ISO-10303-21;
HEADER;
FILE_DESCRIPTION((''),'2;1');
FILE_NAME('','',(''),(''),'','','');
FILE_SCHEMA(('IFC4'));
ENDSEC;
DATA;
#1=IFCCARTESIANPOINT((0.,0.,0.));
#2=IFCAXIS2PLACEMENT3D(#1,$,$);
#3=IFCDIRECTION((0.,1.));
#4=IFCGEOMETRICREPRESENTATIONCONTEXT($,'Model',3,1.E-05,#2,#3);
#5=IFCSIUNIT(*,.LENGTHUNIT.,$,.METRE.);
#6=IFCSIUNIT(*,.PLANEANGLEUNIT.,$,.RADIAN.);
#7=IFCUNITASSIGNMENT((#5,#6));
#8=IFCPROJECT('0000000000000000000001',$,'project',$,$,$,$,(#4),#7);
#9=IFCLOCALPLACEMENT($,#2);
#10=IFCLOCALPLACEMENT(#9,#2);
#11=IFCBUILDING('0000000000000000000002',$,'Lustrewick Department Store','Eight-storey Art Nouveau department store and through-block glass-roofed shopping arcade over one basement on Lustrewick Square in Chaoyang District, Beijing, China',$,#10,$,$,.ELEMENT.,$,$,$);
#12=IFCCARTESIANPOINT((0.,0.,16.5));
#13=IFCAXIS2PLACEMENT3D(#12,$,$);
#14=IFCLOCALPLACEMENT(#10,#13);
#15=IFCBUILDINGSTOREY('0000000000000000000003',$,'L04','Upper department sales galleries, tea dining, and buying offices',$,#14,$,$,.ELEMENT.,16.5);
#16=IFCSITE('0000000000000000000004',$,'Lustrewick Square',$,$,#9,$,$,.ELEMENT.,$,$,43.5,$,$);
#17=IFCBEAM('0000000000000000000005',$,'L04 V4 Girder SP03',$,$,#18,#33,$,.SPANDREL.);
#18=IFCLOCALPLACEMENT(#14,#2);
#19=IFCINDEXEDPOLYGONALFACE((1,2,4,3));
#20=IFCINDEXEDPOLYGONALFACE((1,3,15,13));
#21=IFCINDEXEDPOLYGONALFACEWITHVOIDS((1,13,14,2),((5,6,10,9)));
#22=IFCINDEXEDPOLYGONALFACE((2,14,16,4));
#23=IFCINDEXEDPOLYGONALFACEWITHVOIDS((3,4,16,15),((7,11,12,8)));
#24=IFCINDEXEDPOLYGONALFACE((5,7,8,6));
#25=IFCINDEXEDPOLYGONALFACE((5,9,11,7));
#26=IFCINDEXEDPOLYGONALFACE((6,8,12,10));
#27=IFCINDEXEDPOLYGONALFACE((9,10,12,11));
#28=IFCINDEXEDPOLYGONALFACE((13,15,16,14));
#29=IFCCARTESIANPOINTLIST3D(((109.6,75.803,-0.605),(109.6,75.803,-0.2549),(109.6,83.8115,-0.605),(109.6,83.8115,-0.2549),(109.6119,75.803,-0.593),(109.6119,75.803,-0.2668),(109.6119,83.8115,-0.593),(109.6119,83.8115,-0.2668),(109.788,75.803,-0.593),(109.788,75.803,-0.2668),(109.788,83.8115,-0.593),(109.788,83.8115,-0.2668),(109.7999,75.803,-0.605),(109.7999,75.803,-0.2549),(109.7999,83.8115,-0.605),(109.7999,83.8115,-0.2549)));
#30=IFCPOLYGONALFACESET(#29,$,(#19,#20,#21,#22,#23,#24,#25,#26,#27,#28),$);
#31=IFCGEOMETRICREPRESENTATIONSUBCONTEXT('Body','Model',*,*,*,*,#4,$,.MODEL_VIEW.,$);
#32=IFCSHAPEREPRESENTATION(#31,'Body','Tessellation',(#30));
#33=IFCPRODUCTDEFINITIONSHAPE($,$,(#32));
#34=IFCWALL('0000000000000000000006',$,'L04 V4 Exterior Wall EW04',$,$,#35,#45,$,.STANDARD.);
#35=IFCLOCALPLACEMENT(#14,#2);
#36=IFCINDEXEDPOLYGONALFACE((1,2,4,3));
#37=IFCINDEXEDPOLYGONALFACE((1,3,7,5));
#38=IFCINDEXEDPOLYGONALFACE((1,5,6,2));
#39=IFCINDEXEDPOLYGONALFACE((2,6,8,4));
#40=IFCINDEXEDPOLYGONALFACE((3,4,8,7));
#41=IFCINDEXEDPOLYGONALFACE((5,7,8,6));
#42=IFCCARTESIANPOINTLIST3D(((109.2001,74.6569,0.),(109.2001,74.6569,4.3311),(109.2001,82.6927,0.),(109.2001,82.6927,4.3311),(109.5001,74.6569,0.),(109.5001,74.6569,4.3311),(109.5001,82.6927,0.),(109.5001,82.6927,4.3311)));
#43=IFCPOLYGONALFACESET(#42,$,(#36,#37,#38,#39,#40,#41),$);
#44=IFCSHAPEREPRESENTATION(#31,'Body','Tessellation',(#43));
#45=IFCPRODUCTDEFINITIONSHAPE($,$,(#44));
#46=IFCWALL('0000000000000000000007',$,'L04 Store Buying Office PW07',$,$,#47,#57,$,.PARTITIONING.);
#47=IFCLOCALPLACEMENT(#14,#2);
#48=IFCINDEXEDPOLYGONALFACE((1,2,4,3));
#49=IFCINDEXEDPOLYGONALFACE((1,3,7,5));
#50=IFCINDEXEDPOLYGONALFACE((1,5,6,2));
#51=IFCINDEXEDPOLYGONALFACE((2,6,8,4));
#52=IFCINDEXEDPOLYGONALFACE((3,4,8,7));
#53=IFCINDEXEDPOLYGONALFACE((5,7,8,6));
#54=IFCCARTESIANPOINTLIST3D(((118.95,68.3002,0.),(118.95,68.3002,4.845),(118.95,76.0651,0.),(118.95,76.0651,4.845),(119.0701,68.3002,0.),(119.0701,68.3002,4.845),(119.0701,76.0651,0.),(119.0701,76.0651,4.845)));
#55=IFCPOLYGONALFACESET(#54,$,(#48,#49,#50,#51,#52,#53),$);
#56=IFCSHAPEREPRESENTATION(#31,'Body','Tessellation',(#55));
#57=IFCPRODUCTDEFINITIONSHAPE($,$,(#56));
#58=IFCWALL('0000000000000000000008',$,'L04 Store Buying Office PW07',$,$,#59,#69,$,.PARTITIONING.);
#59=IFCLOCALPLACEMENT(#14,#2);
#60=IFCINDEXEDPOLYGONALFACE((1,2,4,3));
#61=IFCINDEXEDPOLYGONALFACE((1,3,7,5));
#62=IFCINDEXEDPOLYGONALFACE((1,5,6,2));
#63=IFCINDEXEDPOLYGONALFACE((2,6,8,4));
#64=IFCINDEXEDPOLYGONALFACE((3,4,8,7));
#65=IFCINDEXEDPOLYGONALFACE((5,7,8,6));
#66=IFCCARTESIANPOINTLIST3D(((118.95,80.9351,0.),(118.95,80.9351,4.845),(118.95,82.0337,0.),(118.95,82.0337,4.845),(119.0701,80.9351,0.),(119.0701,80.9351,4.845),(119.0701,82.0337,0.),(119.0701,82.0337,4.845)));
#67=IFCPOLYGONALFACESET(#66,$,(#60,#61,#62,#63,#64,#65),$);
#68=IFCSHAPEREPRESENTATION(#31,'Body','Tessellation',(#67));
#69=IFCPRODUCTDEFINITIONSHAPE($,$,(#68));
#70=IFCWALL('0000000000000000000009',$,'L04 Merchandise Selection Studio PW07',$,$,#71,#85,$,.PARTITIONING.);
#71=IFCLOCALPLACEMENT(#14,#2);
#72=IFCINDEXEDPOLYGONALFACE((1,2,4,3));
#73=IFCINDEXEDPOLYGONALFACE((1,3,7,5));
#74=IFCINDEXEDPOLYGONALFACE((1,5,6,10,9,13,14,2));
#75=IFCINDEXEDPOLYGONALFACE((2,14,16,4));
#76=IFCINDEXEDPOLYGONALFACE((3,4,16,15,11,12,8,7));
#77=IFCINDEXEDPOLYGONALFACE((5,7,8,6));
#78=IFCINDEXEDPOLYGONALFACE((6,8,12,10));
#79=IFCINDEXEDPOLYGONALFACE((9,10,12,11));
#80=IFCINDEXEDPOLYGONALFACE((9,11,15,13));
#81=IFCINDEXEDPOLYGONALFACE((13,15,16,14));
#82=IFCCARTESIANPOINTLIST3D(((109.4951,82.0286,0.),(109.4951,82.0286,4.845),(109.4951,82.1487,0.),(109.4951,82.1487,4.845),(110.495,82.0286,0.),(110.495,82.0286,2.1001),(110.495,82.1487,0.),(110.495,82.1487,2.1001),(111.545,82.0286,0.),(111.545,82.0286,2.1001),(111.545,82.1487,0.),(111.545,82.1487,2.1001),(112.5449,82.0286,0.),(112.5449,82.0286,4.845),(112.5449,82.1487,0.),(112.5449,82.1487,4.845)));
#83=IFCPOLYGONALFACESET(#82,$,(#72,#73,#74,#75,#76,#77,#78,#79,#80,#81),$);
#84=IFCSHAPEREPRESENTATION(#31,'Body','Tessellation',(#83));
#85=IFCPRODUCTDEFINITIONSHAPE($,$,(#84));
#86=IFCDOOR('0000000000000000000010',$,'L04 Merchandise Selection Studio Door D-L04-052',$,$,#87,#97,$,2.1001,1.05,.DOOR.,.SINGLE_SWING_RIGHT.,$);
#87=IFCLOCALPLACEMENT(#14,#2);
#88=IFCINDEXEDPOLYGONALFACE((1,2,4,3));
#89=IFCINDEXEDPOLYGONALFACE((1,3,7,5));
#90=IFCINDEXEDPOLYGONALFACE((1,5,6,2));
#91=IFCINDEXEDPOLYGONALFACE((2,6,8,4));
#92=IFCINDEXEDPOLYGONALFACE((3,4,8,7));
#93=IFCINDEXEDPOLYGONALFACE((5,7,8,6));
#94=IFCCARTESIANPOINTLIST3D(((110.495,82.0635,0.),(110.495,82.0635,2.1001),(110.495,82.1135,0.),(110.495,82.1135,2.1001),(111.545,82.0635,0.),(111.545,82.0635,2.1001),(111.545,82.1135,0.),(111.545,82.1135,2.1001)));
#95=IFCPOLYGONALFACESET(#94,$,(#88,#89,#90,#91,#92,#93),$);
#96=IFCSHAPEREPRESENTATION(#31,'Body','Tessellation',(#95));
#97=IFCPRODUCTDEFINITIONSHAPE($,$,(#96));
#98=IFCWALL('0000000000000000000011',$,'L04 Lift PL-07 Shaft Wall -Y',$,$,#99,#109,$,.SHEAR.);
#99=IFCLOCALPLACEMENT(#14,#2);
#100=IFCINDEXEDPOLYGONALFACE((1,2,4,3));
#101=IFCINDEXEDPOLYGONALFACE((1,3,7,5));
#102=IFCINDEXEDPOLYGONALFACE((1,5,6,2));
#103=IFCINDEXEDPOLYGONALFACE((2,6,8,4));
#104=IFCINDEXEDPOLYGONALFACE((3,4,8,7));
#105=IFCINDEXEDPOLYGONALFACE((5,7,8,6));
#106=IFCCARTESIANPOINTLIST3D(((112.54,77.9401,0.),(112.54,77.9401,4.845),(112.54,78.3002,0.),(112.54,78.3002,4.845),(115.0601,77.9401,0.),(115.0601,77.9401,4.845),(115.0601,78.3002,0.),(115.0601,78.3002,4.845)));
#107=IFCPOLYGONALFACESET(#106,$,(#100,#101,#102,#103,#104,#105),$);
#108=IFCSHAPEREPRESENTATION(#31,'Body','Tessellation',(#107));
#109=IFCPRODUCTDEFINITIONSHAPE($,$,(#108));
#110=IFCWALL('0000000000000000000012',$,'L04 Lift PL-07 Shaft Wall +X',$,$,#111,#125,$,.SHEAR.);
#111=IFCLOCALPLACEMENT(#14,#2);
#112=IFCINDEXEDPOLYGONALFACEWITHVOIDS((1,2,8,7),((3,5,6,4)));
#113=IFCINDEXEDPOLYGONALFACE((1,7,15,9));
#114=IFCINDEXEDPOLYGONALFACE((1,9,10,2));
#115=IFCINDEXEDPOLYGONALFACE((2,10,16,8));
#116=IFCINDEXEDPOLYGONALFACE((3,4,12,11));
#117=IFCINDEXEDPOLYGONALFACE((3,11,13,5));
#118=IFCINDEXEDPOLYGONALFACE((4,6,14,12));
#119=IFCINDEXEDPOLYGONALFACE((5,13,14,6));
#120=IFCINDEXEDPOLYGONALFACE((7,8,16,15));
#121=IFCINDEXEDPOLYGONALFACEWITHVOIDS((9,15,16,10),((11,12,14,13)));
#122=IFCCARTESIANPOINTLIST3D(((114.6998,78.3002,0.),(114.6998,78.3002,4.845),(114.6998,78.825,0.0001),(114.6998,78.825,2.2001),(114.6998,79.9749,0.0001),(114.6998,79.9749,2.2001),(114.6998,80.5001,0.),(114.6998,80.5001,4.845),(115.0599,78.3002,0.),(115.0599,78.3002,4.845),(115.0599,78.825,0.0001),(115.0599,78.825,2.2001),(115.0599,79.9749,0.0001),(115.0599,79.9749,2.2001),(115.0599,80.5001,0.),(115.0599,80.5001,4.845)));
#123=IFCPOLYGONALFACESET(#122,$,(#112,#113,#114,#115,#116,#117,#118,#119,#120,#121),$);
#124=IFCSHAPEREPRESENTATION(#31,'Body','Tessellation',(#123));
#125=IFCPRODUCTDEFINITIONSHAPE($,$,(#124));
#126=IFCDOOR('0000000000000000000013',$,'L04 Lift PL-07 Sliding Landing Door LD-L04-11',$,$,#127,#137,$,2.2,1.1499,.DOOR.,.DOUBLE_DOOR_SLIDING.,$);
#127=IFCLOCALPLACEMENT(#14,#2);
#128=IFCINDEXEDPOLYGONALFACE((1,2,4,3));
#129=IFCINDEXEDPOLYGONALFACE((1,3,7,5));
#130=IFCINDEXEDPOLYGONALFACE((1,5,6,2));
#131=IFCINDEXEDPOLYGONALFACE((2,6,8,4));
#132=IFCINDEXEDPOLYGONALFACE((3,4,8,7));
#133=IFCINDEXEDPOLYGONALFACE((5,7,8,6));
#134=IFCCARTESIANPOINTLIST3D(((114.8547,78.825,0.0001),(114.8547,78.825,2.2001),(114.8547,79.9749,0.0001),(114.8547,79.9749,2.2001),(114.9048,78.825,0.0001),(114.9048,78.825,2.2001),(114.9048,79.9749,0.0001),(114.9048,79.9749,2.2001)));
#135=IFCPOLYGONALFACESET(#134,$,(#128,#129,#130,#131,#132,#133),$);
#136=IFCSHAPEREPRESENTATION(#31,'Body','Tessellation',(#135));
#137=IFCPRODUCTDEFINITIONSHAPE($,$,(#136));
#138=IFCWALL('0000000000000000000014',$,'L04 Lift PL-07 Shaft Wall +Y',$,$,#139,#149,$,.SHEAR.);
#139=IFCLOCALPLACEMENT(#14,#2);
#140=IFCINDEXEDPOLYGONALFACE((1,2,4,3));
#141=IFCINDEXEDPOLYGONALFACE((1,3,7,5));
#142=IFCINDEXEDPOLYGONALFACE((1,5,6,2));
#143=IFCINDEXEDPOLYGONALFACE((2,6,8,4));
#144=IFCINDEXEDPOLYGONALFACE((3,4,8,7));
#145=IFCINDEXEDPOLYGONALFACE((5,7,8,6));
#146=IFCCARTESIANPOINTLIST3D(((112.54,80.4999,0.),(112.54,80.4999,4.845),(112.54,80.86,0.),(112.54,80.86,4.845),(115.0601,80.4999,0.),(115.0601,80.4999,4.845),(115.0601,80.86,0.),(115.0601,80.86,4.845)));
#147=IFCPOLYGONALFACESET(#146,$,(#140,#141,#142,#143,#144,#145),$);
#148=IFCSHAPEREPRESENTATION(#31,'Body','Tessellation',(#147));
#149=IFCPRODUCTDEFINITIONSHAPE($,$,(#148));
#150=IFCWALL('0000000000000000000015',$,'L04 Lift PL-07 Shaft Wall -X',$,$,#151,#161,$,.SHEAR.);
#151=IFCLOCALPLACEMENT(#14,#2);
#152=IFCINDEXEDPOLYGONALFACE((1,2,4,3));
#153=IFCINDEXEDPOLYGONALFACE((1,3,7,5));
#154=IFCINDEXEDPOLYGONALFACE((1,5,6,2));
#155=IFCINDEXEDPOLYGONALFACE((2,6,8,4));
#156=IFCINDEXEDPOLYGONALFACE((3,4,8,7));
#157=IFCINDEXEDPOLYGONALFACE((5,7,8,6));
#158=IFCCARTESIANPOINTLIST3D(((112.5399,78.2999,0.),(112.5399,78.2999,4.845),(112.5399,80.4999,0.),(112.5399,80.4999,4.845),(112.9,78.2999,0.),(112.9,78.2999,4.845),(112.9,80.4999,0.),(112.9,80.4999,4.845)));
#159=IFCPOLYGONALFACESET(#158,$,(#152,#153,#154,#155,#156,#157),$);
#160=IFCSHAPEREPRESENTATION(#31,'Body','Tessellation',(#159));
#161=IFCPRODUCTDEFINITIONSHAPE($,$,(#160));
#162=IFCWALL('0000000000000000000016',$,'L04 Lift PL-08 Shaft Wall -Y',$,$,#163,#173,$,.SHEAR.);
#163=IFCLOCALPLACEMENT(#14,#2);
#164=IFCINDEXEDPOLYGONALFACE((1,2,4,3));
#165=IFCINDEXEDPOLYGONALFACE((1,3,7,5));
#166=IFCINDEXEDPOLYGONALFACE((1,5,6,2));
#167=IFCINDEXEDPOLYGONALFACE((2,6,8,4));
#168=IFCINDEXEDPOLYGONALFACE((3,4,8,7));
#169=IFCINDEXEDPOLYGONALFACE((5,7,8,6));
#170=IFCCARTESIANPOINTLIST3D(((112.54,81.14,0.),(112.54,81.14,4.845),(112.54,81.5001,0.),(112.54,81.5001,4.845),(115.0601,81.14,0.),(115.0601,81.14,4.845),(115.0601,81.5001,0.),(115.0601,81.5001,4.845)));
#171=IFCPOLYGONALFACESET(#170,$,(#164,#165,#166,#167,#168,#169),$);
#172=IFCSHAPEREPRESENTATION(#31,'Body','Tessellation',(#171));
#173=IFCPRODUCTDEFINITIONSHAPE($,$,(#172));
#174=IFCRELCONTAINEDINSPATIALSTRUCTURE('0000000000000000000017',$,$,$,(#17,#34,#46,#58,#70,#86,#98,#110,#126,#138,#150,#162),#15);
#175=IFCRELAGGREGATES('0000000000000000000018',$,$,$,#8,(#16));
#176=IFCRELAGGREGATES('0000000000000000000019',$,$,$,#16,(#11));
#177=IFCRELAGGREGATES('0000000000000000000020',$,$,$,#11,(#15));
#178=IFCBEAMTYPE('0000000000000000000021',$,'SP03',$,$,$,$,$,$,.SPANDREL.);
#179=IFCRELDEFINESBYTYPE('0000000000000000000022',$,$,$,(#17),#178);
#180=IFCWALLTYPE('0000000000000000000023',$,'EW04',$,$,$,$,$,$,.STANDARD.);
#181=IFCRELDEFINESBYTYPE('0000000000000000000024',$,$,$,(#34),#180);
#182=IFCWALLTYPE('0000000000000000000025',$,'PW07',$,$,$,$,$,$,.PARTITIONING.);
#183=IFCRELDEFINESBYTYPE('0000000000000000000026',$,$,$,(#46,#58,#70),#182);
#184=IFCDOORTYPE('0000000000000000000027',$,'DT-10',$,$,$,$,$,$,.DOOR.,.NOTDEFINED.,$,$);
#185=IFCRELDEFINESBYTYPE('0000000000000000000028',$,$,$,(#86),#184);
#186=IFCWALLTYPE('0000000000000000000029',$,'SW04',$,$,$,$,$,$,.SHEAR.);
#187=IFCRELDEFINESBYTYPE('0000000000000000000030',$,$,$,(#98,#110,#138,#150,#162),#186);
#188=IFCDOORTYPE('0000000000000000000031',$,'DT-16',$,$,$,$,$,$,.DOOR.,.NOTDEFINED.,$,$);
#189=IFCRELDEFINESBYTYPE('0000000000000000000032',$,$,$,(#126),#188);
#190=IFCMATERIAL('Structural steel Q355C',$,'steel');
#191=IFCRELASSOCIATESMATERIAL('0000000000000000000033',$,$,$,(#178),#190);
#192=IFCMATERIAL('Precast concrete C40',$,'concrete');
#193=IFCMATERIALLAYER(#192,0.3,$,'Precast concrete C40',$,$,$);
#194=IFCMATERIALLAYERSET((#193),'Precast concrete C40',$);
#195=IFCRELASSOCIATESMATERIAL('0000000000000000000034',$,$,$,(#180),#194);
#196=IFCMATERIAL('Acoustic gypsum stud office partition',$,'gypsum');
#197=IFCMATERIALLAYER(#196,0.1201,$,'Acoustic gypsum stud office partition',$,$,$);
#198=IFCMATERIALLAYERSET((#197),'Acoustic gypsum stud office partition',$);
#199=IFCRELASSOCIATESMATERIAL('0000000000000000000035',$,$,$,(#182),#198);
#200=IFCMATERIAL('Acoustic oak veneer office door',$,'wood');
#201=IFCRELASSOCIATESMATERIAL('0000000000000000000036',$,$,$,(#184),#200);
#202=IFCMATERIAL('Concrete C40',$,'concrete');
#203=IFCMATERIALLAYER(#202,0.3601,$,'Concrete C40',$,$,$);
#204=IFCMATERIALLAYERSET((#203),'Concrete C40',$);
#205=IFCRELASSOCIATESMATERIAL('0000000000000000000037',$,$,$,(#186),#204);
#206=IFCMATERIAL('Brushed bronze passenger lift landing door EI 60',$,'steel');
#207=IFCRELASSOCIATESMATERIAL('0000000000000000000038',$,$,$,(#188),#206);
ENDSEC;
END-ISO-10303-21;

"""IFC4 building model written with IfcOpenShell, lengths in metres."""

from ifc_helpers import new_model, si_unit, direction, frame, frame_2d, origin, origin_2d, place, context, subcontext, project, spatial, rectangle, hollow_rectangle, extrude, material, layer, layer_set, material_profile, profile_set, type_object, element, fill, save


model = new_model("IFC4")

# Units and contexts
model_context = context("Model", 3, precision=1e-05, world=origin(), true_north=direction((0.0, 1.0)))
body_context = subcontext(model_context, "Body", "Model", "MODEL_VIEW")
ifc_project = project(units=[si_unit("LENGTHUNIT", "METRE"), si_unit("PLANEANGLEUNIT", "RADIAN")], contexts=[model_context])

# Site, building, storey
site_placement = place(None, origin())
site = spatial("IfcSite", under=ifc_project, at=site_placement, Name="Lustrewick Square", CompositionType="ELEMENT", RefElevation=43.5)
building_placement = place(site_placement, origin())
building = spatial("IfcBuilding", under=site, at=building_placement, Name="Lustrewick Department Store", Description="Eight-storey Art Nouveau department store and through-block glass-roofed shopping arcade over one basement on Lustrewick Square in Chaoyang District, Beijing, China", CompositionType="ELEMENT")
storey_placement = place(building_placement, frame((0.0, 0.0, 16.5)))
storey = spatial("IfcBuildingStorey", under=building, at=storey_placement, Name="L04", Description="Upper department sales galleries, tea dining, and buying offices", CompositionType="ELEMENT", Elevation=16.5)

# Beam
ifc_material_1 = material(Name="Structural steel Q355C", Category="steel")
ifc_material_profile = material_profile(ifc_material_1, hollow_rectangle(XDim=0.2, YDim=0.3501, WallThickness=0.012, at=origin_2d()), Name="RHS 350x200x12")
ifc_profile_set = profile_set([ifc_material_profile], Name="Structural steel Q355C")
beam_type = type_object("IfcBeamType", Name="SP03", PredefinedType="SPANDREL", material=ifc_profile_set)
beam_placement = place(storey_placement, frame((109.7, 75.803, -0.4299), z_axis=(0.0, 1.0, 0.0), x_axis=(-1.0, 0.0, 0.0)))
element("IfcBeam", 1, at=beam_placement, inside=storey, type_object=beam_type, Name="L04 V4 Girder SP03", PredefinedType="SPANDREL", context=body_context, shape_type="SweptSolid", body=[
    extrude(hollow_rectangle(XDim=0.2, YDim=0.3501, WallThickness=0.012, at=origin_2d()), origin(), (0.0, 0.0, 1.0), 8.0085),
])

# Walls
ifc_material_2 = material(Name="Precast concrete C40", Category="concrete")
ifc_layer_1 = layer(ifc_material_2, 0.3, Name="Precast concrete C40")
ifc_layer_set_1 = layer_set([ifc_layer_1], Name="Precast concrete C40")
wall_type_1 = type_object("IfcWallType", Name="EW04", PredefinedType="STANDARD", material=ifc_layer_set_1)
wall_1_placement = place(storey_placement, frame((109.3501, 82.6929, 0.0), z_axis=(0.0, 0.0, 1.0), x_axis=(0.0, -1.0, 0.0)))
element("IfcWall", 2, at=wall_1_placement, inside=storey, type_object=wall_type_1, Name="L04 V4 Exterior Wall EW04", PredefinedType="STANDARD", context=body_context, shape_type="SweptSolid", body=[
    extrude(rectangle(XDim=8.0359, YDim=0.3, at=frame_2d((4.0181, 0.0))), origin(), (0.0, 0.0, 1.0), 4.3311),
])
ifc_material_3 = material(Name="Acoustic gypsum stud office partition", Category="gypsum")
ifc_layer_2 = layer(ifc_material_3, 0.1201, Name="Acoustic gypsum stud office partition")
ifc_layer_set_2 = layer_set([ifc_layer_2], Name="Acoustic gypsum stud office partition")
wall_type_2 = type_object("IfcWallType", Name="PW07", PredefinedType="PARTITIONING", material=ifc_layer_set_2)
wall_2_placement = place(storey_placement, frame((119.01, 76.0649, 0.0), z_axis=(0.0, 0.0, 1.0), x_axis=(0.0, -1.0, 0.0)))
element("IfcWall", 3, at=wall_2_placement, inside=storey, type_object=wall_type_2, Name="L04 Store Buying Office PW07", PredefinedType="PARTITIONING", context=body_context, shape_type="SweptSolid", body=[
    extrude(rectangle(XDim=7.7649, YDim=0.1201, at=frame_2d((3.8823, 0.0))), origin(), (0.0, 0.0, 1.0), 4.845),
])
wall_3_placement = place(storey_placement, frame((119.01, 82.0337, 0.0), z_axis=(0.0, 0.0, 1.0), x_axis=(0.0, -1.0, 0.0)))
element("IfcWall", 4, at=wall_3_placement, inside=storey, type_object=wall_type_2, Name="L04 Store Buying Office PW07", PredefinedType="PARTITIONING", context=body_context, shape_type="SweptSolid", body=[
    extrude(rectangle(XDim=1.0986, YDim=0.1201, at=frame_2d((0.5493, 0.0))), origin(), (0.0, 0.0, 1.0), 4.845),
])

# Wall, opening, door
wall_4_placement = place(storey_placement, frame((109.4951, 82.0886, 0.0), z_axis=(0.0, 0.0, 1.0), x_axis=(1.0, 0.0, 0.0)))
wall_4 = element("IfcWall", 5, at=wall_4_placement, inside=storey, type_object=wall_type_2, Name="L04 Merchandise Selection Studio PW07", PredefinedType="PARTITIONING", context=body_context, shape_type="SweptSolid", body=[
    extrude(rectangle(XDim=3.0498, YDim=0.1201, at=frame_2d((1.5249, 0.0))), origin(), (0.0, 0.0, 1.0), 4.845),
])
opening_1_placement = place(wall_4_placement, frame((1.0, 0.0, 0.0)))
opening_1 = element("IfcOpeningElement", 6, at=opening_1_placement, cuts=wall_4, PredefinedType="OPENING", context=body_context, shape_type="SweptSolid", body=[
    extrude(rectangle(XDim=1.05, YDim=2.1001, at=frame_2d((0.5249, 1.05))), frame((0.0, 0.0701, 0.0), z_axis=(0.0, -1.0, 0.0), x_axis=(1.0, 0.0, 0.0)), (0.0, 0.0, 1.0), 0.1401),
])
ifc_material_4 = material(Name="Acoustic oak veneer office door", Category="wood")
door_type_1 = type_object("IfcDoorType", Name="DT-10", OperationType="NOTDEFINED", PredefinedType="DOOR", material=ifc_material_4)
door_1_placement = place(opening_1_placement, origin())
door_1 = element("IfcDoor", 7, at=door_1_placement, inside=storey, type_object=door_type_1, Name="L04 Merchandise Selection Studio Door D-L04-052", OperationType="SINGLE_SWING_RIGHT", OverallHeight=2.1001, OverallWidth=1.05, PredefinedType="DOOR", context=body_context, shape_type="SweptSolid", body=[
    extrude(rectangle(XDim=1.05, YDim=2.1001, at=frame_2d((0.5249, 1.05))), frame((0.0, 0.0249, 0.0), z_axis=(0.0, -1.0, 0.0), x_axis=(1.0, 0.0, 0.0)), (0.0, 0.0, 1.0), 0.05),
])
fill(opening_1, door_1)

# Wall
ifc_material_5 = material(Name="Concrete C40", Category="concrete")
ifc_layer_3 = layer(ifc_material_5, 0.3601, Name="Concrete C40")
ifc_layer_set_3 = layer_set([ifc_layer_3], Name="Concrete C40")
wall_type_3 = type_object("IfcWallType", Name="SW04", PredefinedType="SHEAR", material=ifc_layer_set_3)
wall_5_placement = place(storey_placement, frame((112.54, 78.1201, 0.0), z_axis=(0.0, 0.0, 1.0), x_axis=(1.0, 0.0, 0.0)))
element("IfcWall", 8, at=wall_5_placement, inside=storey, type_object=wall_type_3, Name="L04 Lift PL-07 Shaft Wall -Y", PredefinedType="SHEAR", context=body_context, shape_type="SweptSolid", body=[
    extrude(rectangle(XDim=2.52, YDim=0.3601, at=frame_2d((1.26, 0.0))), origin(), (0.0, 0.0, 1.0), 4.845),
])

# Wall, opening, door
wall_6_placement = place(storey_placement, frame((114.8799, 78.3, 0.0), z_axis=(0.0, 0.0, 1.0), x_axis=(0.0, 1.0, 0.0)))
wall_6 = element("IfcWall", 9, at=wall_6_placement, inside=storey, type_object=wall_type_3, Name="L04 Lift PL-07 Shaft Wall +X", PredefinedType="SHEAR", context=body_context, shape_type="SweptSolid", body=[
    extrude(rectangle(XDim=2.2, YDim=0.3601, at=frame_2d((1.1001, 0.0))), origin(), (0.0, 0.0, 1.0), 4.845),
])
opening_2_placement = place(wall_6_placement, frame((0.5249, 0.0, 0.0)))
opening_2 = element("IfcOpeningElement", 10, at=opening_2_placement, cuts=wall_6, PredefinedType="OPENING", context=body_context, shape_type="SweptSolid", body=[
    extrude(rectangle(XDim=1.1499, YDim=2.2, at=frame_2d((0.575, 1.1001))), frame((0.0, 0.1899, 0.0), z_axis=(0.0, -1.0, 0.0), x_axis=(1.0, 0.0, 0.0)), (0.0, 0.0, 1.0), 0.3801),
])
ifc_material_6 = material(Name="Brushed bronze passenger lift landing door EI 60", Category="steel")
door_type_2 = type_object("IfcDoorType", Name="DT-16", OperationType="NOTDEFINED", PredefinedType="DOOR", material=ifc_material_6)
door_2_placement = place(opening_2_placement, frame((1.1499, 0.0, 0.0), z_axis=(0.0, 0.0, 1.0), x_axis=(-1.0, 0.0, 0.0)))
door_2 = element("IfcDoor", 11, at=door_2_placement, inside=storey, type_object=door_type_2, Name="L04 Lift PL-07 Sliding Landing Door LD-L04-11", OperationType="DOUBLE_DOOR_SLIDING", OverallHeight=2.2, OverallWidth=1.1499, PredefinedType="DOOR", context=body_context, shape_type="SweptSolid", body=[
    extrude(rectangle(XDim=1.1499, YDim=2.2, at=frame_2d((0.575, 1.1001))), frame((0.0, 0.0249, 0.0), z_axis=(0.0, -1.0, 0.0), x_axis=(1.0, 0.0, 0.0)), (0.0, 0.0, 1.0), 0.05),
])
fill(opening_2, door_2)

# Walls
wall_7_placement = place(storey_placement, frame((115.0601, 80.6799, 0.0), z_axis=(0.0, 0.0, 1.0), x_axis=(-1.0, 0.0, 0.0)))
element("IfcWall", 12, at=wall_7_placement, inside=storey, type_object=wall_type_3, Name="L04 Lift PL-07 Shaft Wall +Y", PredefinedType="SHEAR", context=body_context, shape_type="SweptSolid", body=[
    extrude(rectangle(XDim=2.52, YDim=0.3601, at=frame_2d((1.26, 0.0))), origin(), (0.0, 0.0, 1.0), 4.845),
])
wall_8_placement = place(storey_placement, frame((112.72, 80.5, 0.0), z_axis=(0.0, 0.0, 1.0), x_axis=(0.0, -1.0, 0.0)))
element("IfcWall", 13, at=wall_8_placement, inside=storey, type_object=wall_type_3, Name="L04 Lift PL-07 Shaft Wall -X", PredefinedType="SHEAR", context=body_context, shape_type="SweptSolid", body=[
    extrude(rectangle(XDim=2.2, YDim=0.3601, at=frame_2d((1.1001, 0.0))), origin(), (0.0, 0.0, 1.0), 4.845),
])
wall_9_placement = place(storey_placement, frame((112.54, 81.3201, 0.0), z_axis=(0.0, 0.0, 1.0), x_axis=(1.0, 0.0, 0.0)))
element("IfcWall", 14, at=wall_9_placement, inside=storey, type_object=wall_type_3, Name="L04 Lift PL-08 Shaft Wall -Y", PredefinedType="SHEAR", context=body_context, shape_type="SweptSolid", body=[
    extrude(rectangle(XDim=2.52, YDim=0.3601, at=frame_2d((1.26, 0.0))), origin(), (0.0, 0.0, 1.0), 4.845),
])

save(model, "model.ifc")
